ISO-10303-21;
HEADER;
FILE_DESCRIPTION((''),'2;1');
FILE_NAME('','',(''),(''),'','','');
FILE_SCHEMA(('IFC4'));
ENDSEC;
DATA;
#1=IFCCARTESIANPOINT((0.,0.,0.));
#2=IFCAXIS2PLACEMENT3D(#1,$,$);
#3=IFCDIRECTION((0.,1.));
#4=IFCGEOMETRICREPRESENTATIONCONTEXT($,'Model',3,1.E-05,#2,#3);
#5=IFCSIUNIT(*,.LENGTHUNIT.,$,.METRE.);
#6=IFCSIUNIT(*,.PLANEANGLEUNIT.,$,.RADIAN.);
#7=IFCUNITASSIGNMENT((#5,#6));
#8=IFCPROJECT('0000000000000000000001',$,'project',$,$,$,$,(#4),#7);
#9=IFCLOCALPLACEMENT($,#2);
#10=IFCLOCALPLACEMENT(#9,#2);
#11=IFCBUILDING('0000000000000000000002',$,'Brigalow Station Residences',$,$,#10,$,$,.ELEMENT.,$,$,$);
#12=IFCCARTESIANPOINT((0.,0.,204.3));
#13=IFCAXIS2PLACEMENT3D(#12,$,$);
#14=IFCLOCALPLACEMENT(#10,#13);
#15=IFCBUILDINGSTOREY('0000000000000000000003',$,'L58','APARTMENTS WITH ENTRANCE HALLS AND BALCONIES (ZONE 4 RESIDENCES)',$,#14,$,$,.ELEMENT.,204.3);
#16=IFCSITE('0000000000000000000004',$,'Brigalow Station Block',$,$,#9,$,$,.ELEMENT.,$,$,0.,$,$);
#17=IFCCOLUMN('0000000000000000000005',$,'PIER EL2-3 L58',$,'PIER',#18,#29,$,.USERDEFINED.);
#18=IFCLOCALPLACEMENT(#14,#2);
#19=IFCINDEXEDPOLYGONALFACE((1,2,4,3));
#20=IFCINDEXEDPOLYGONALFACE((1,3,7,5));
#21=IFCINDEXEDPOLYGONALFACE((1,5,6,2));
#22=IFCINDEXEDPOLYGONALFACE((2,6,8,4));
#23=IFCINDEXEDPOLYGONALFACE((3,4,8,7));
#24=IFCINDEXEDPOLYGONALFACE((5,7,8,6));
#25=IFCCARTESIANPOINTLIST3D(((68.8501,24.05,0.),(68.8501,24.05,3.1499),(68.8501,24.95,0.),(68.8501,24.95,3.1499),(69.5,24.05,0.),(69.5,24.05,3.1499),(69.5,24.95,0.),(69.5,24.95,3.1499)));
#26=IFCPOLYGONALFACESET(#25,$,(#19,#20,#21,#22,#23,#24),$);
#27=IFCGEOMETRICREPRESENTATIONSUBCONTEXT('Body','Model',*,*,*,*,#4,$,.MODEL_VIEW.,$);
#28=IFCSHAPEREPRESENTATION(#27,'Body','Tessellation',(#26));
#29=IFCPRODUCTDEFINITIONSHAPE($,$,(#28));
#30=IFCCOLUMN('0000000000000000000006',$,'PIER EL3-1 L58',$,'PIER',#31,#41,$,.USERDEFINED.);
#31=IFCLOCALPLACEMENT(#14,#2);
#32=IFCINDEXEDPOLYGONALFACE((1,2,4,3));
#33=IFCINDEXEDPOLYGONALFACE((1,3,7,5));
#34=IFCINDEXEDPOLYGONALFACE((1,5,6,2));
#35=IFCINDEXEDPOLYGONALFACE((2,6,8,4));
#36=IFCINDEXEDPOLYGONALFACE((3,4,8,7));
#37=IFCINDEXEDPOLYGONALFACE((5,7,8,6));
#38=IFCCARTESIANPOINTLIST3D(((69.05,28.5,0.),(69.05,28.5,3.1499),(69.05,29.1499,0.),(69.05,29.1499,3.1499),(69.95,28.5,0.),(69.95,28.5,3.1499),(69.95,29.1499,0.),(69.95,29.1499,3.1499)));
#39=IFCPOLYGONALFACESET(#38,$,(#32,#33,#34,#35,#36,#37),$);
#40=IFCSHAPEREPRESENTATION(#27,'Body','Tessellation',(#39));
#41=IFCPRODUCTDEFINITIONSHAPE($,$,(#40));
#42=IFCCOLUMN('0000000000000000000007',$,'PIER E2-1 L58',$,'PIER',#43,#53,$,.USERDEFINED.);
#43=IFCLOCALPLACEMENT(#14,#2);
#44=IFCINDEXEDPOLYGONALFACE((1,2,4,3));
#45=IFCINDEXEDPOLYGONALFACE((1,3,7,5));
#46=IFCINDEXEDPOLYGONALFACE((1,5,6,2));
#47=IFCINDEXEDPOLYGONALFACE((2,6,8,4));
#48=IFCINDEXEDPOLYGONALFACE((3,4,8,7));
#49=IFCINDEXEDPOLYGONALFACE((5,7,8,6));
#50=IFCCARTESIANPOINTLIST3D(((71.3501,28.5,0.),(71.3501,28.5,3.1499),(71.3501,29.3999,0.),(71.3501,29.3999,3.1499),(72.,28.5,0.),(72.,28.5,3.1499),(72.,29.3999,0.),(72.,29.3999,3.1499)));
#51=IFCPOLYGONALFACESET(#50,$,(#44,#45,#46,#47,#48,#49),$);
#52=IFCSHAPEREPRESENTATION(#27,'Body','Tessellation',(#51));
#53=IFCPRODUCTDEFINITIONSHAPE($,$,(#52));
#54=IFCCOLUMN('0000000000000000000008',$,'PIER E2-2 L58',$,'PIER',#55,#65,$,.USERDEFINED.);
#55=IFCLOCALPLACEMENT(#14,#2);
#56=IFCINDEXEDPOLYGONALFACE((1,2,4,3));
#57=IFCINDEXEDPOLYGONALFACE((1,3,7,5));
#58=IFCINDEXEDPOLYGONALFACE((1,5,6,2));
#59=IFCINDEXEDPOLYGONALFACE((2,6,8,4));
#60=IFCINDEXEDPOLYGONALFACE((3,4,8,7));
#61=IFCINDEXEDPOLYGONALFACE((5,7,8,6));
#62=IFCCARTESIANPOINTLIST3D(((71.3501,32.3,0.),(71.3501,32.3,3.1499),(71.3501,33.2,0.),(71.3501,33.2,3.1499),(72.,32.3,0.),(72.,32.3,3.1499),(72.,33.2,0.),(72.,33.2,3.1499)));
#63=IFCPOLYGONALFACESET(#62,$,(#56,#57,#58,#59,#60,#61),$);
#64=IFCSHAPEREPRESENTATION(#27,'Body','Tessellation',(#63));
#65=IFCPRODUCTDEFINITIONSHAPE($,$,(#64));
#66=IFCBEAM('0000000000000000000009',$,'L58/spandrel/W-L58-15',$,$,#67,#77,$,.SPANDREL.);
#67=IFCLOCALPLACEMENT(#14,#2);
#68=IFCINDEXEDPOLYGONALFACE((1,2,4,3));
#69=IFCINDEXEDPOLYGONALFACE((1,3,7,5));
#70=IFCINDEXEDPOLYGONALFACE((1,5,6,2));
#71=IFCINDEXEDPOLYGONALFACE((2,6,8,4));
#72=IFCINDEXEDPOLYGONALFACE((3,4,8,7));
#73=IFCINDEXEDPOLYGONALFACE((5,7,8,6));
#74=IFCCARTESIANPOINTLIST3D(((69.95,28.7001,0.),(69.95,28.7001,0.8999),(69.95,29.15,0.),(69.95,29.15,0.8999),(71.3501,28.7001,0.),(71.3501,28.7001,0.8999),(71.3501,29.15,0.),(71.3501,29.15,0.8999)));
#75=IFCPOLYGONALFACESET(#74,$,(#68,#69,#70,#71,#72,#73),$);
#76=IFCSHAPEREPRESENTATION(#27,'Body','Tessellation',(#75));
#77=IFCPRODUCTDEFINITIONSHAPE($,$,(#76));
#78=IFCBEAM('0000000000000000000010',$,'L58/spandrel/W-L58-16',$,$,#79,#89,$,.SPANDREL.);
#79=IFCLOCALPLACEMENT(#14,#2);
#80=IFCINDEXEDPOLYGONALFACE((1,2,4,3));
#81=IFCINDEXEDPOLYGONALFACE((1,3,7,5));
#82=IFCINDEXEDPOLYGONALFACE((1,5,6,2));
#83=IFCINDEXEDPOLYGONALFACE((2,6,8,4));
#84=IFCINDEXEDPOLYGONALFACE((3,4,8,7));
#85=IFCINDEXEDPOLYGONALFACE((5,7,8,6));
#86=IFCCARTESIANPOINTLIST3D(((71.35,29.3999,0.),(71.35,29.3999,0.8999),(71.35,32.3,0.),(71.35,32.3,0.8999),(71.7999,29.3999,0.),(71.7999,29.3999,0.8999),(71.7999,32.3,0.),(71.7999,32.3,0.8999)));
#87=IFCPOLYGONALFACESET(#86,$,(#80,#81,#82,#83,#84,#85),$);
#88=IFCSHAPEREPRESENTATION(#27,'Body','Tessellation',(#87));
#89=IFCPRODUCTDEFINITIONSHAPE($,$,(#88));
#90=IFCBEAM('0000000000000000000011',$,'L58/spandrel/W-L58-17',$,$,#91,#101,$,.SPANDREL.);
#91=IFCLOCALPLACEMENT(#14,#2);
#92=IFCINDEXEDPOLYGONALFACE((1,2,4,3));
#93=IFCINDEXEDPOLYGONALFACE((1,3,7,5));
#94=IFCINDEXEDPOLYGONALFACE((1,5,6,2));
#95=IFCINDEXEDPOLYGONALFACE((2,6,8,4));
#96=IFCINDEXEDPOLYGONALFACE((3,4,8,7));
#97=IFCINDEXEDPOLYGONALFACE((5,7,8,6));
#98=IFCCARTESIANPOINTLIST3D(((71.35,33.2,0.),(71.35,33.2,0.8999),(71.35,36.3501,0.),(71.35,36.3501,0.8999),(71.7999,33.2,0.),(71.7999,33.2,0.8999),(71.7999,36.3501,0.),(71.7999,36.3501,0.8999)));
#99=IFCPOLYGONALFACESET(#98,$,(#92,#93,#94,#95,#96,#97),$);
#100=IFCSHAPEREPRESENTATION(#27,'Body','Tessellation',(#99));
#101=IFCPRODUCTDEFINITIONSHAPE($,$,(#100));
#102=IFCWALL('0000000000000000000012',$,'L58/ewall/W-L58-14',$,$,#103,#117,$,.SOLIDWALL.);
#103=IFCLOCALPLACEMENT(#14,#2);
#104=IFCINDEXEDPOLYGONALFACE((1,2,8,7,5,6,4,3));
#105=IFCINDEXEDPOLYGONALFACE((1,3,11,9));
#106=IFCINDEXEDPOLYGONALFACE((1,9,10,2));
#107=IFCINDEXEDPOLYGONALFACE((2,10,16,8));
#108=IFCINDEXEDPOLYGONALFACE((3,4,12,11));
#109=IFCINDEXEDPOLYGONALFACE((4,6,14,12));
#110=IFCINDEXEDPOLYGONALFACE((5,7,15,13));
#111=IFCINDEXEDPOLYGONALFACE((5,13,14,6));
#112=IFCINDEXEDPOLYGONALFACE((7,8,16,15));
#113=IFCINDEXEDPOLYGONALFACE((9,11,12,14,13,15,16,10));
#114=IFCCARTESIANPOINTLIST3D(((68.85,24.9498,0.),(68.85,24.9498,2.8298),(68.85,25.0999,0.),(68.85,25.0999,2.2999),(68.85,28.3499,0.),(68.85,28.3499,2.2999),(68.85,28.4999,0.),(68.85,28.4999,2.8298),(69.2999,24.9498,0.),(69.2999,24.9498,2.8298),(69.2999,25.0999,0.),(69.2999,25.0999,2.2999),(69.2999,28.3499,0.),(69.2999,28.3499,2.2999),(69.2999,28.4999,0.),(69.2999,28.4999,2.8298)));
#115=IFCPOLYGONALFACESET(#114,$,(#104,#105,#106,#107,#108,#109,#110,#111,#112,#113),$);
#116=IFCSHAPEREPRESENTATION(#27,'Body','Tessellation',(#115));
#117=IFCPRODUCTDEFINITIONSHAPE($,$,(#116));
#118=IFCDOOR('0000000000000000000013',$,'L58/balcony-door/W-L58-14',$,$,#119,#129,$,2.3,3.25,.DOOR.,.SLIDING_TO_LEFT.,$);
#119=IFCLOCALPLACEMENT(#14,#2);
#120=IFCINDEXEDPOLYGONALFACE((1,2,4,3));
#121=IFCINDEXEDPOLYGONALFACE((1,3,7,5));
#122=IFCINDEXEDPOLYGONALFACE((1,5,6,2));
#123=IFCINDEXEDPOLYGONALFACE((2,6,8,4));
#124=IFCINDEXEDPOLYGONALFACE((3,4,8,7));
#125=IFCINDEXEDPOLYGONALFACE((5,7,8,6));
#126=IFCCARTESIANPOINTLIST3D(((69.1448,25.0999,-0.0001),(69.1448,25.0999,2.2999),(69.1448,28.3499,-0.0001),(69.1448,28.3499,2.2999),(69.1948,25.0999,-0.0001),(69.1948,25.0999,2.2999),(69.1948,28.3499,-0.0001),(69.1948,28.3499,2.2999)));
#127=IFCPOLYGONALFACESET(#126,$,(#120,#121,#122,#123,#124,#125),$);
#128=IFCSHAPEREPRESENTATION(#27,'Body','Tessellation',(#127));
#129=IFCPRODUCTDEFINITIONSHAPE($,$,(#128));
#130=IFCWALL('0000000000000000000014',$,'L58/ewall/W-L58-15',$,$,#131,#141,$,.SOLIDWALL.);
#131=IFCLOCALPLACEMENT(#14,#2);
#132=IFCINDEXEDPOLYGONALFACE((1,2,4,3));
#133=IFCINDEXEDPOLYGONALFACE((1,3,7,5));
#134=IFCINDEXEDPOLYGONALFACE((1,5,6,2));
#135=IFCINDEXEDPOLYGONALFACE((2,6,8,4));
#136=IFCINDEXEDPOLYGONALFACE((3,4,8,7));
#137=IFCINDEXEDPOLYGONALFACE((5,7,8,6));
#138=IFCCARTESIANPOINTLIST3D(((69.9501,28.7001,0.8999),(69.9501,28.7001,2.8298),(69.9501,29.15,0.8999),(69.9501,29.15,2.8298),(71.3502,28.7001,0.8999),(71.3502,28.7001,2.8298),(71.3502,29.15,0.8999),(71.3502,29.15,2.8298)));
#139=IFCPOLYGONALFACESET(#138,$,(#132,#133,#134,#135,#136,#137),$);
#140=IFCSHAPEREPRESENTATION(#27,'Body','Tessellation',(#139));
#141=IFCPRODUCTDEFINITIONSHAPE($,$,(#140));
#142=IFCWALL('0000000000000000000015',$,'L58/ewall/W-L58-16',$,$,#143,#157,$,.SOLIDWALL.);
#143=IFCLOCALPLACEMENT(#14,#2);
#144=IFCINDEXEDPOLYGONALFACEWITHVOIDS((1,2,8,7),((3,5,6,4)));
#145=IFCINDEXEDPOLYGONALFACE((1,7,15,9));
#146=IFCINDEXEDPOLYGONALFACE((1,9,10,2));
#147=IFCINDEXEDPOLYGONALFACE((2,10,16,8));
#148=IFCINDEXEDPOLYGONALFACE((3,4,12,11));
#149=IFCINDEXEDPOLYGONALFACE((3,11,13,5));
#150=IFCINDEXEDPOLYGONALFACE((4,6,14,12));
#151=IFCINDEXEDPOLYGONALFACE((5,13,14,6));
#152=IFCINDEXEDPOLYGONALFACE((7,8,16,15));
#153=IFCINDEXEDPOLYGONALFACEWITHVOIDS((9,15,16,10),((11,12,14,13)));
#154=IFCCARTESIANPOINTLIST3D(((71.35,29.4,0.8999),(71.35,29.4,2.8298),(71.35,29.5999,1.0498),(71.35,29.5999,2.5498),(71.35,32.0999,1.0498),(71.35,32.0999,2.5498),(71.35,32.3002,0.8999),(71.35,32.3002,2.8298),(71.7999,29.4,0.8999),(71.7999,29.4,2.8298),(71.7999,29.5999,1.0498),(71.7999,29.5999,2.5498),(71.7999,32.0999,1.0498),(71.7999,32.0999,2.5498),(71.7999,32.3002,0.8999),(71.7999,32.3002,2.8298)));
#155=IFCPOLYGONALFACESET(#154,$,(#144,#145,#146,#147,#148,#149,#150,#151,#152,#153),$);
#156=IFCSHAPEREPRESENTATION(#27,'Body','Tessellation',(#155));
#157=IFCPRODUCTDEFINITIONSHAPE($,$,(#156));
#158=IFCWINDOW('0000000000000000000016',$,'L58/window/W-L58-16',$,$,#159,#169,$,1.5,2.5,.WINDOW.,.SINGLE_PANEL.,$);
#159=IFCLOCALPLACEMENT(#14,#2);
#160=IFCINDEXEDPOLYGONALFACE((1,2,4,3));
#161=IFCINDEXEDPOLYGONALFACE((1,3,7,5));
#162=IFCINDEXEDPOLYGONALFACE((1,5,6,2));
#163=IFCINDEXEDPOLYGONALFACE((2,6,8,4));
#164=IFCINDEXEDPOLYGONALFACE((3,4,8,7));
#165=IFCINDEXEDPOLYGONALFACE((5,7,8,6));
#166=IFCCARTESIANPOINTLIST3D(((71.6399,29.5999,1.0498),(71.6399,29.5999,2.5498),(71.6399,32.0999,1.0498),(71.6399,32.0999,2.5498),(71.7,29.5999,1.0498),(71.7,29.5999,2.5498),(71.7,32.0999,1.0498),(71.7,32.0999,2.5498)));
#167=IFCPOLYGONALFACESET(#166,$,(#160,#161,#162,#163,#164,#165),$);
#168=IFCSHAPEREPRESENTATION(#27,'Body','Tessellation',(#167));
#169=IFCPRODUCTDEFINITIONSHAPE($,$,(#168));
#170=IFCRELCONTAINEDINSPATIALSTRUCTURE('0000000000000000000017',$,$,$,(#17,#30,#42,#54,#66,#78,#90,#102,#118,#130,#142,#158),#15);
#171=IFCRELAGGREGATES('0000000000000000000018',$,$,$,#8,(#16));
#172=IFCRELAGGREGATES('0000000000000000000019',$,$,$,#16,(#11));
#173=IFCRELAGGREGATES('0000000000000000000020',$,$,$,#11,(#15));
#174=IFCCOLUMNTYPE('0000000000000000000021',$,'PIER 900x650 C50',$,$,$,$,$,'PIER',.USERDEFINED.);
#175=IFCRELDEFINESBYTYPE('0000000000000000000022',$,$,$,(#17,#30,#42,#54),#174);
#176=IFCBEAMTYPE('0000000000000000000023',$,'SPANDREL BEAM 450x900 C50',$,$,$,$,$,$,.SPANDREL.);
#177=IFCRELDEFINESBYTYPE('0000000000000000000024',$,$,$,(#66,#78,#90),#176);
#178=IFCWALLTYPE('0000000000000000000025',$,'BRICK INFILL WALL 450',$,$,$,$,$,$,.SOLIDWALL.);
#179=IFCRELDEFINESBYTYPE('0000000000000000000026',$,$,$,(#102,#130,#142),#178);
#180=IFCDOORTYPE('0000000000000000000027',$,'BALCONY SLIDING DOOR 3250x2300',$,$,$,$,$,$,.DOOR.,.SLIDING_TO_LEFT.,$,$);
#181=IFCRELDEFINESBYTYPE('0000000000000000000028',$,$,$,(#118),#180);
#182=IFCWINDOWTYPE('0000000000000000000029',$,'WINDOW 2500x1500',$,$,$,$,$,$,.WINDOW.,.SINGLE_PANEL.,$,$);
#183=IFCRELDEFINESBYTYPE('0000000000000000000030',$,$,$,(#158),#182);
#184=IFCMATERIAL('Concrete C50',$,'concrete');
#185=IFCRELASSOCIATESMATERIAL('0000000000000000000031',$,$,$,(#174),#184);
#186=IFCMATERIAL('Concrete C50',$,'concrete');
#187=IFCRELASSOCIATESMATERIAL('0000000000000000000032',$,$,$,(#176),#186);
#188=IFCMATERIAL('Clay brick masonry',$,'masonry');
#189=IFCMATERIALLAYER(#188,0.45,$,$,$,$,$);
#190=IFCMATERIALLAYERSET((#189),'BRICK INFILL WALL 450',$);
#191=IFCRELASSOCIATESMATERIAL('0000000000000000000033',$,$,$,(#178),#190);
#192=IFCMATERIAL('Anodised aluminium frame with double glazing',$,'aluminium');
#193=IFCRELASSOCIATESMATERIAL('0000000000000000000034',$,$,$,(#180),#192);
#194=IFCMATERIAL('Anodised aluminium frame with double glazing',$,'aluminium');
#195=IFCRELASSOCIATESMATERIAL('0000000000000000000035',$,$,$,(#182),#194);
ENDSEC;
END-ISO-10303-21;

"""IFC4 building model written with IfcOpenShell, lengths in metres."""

from ifc_helpers import new_model, si_unit, direction, frame, frame_2d, origin, origin_2d, place, context, subcontext, project, spatial, rectangle, extrude, material, layer, layer_set, material_profile, profile_set, type_object, element, fill, save


model = new_model("IFC4")

# Units and contexts
model_context = context("Model", 3, precision=1e-05, world=origin(), true_north=direction((0.0, 1.0)))
body_context = subcontext(model_context, "Body", "Model", "MODEL_VIEW")
ifc_project = project(units=[si_unit("LENGTHUNIT", "METRE"), si_unit("PLANEANGLEUNIT", "RADIAN")], contexts=[model_context])

# Site, building, storey
site_placement = place(None, origin())
site = spatial("IfcSite", under=ifc_project, at=site_placement, Name="Brigalow Station Block", CompositionType="ELEMENT", RefElevation=0.0)
building_placement = place(site_placement, origin())
building = spatial("IfcBuilding", under=site, at=building_placement, Name="Brigalow Station Residences", CompositionType="ELEMENT")
storey_placement = place(building_placement, frame((0.0, 0.0, 204.3)))
storey = spatial("IfcBuildingStorey", under=building, at=storey_placement, Name="L58", Description="APARTMENTS WITH ENTRANCE HALLS AND BALCONIES (ZONE 4 RESIDENCES)", CompositionType="ELEMENT", Elevation=204.3)

# Columns
ifc_material_1 = material(Name="Concrete C50", Category="concrete")
ifc_material_profile_1 = material_profile(ifc_material_1, rectangle(XDim=0.8999, YDim=0.6499, at=origin_2d()), Name="RC900x650")
ifc_profile_set_1 = profile_set([ifc_material_profile_1], Name="Concrete C50")
column_type = type_object("IfcColumnType", Name="PIER 900x650 C50", ElementType="PIER", PredefinedType="USERDEFINED", material=ifc_profile_set_1)
for number, where, z_axis, x_axis, name in (
    (1, (69.175, 24.5, 0.0), (0.0, 0.0, 1.0), (0.0, 1.0, 0.0), "PIER EL2-3 L58"),
    (2, (69.5, 28.825, 0.0), (0.0, 0.0, 1.0), (1.0, 0.0, 0.0), "PIER EL3-1 L58"),
    (3, (71.675, 28.95, 0.0), (0.0, 0.0, 1.0), (0.0, 1.0, 0.0), "PIER E2-1 L58"),
    (4, (71.675, 32.75, 0.0), (0.0, 0.0, 1.0), (0.0, 1.0, 0.0), "PIER E2-2 L58"),
):
    element("IfcColumn", number, at=place(storey_placement, frame(where, z_axis=z_axis, x_axis=x_axis)), inside=storey, type_object=column_type, Name=name, ObjectType="PIER", PredefinedType="USERDEFINED", context=body_context, shape_type="SweptSolid", body=[
        extrude(rectangle(XDim=0.8999, YDim=0.6499, at=origin_2d()), origin(), (0.0, 0.0, 1.0), 3.1499),
    ])

# Beams
ifc_material_2 = material(Name="Concrete C50", Category="concrete")
ifc_material_profile_2 = material_profile(ifc_material_2, rectangle(XDim=0.45, YDim=0.8999, at=origin_2d()), Name="RC450x900")
ifc_profile_set_2 = profile_set([ifc_material_profile_2], Name="Concrete C50")
beam_type = type_object("IfcBeamType", Name="SPANDREL BEAM 450x900 C50", PredefinedType="SPANDREL", material=ifc_profile_set_2)
beam_1_placement = place(storey_placement, frame((69.95, 28.925, 0.45), z_axis=(1.0, 0.0, 0.0), x_axis=(0.0, 1.0, 0.0)))
element("IfcBeam", 5, at=beam_1_placement, inside=storey, type_object=beam_type, Name="L58/spandrel/W-L58-15", PredefinedType="SPANDREL", context=body_context, shape_type="SweptSolid", body=[
    extrude(rectangle(XDim=0.45, YDim=0.8999, at=origin_2d()), origin(), (0.0, 0.0, 1.0), 1.4001),
])
beam_2_placement = place(storey_placement, frame((71.575, 29.3999, 0.45), z_axis=(0.0, 1.0, 0.0), x_axis=(-1.0, 0.0, 0.0)))
element("IfcBeam", 6, at=beam_2_placement, inside=storey, type_object=beam_type, Name="L58/spandrel/W-L58-16", PredefinedType="SPANDREL", context=body_context, shape_type="SweptSolid", body=[
    extrude(rectangle(XDim=0.45, YDim=0.8999, at=origin_2d()), origin(), (0.0, 0.0, 1.0), 2.9001),
])
beam_3_placement = place(storey_placement, frame((71.575, 33.2, 0.45), z_axis=(0.0, 1.0, 0.0), x_axis=(-1.0, 0.0, 0.0)))
element("IfcBeam", 7, at=beam_3_placement, inside=storey, type_object=beam_type, Name="L58/spandrel/W-L58-17", PredefinedType="SPANDREL", context=body_context, shape_type="SweptSolid", body=[
    extrude(rectangle(XDim=0.45, YDim=0.8999, at=origin_2d()), origin(), (0.0, 0.0, 1.0), 3.1501),
])

# Wall, opening, door
ifc_material_3 = material(Name="Clay brick masonry", Category="masonry")
ifc_layer_1 = layer(ifc_material_3, 0.45)
ifc_layer_set_1 = layer_set([ifc_layer_1], Name="BRICK INFILL WALL 450")
wall_type_1 = type_object("IfcWallType", Name="BRICK INFILL WALL 450", PredefinedType="SOLIDWALL", material=ifc_layer_set_1)
wall_1_placement = place(storey_placement, frame((69.075, 24.95, 0.0), z_axis=(0.0, 0.0, 1.0), x_axis=(0.0, 1.0, 0.0)))
wall_1 = element("IfcWall", 8, at=wall_1_placement, inside=storey, type_object=wall_type_1, Name="L58/ewall/W-L58-14", PredefinedType="SOLIDWALL", context=body_context, shape_type="SweptSolid", body=[
    extrude(rectangle(XDim=3.55, YDim=0.45, at=frame_2d((1.7749, 0.0))), origin(), (0.0, 0.0, 1.0), 2.8298),
])
opening_1_placement = place(wall_1_placement, frame((0.1499, 0.0, 0.0)))
opening_1 = element("IfcOpeningElement", 9, at=opening_1_placement, cuts=wall_1, PredefinedType="OPENING", context=body_context, shape_type="SweptSolid", body=[
    extrude(rectangle(XDim=3.25, YDim=2.3, at=frame_2d((1.625, 1.1499))), frame((0.0, 0.2349, 0.0), z_axis=(0.0, -1.0, 0.0), x_axis=(1.0, 0.0, 0.0)), (0.0, 0.0, 1.0), 0.47),
])
ifc_material_4 = material(Name="Anodised aluminium frame with double glazing", Category="aluminium")
door_type = type_object("IfcDoorType", Name="BALCONY SLIDING DOOR 3250x2300", OperationType="SLIDING_TO_LEFT", PredefinedType="DOOR", material=ifc_material_4)
door_placement = place(opening_1_placement, origin())
door = element("IfcDoor", 10, at=door_placement, inside=storey, type_object=door_type, Name="L58/balcony-door/W-L58-14", OperationType="SLIDING_TO_LEFT", OverallHeight=2.3, OverallWidth=3.25, PredefinedType="DOOR", context=body_context, shape_type="SweptSolid", body=[
    extrude(rectangle(XDim=3.25, YDim=2.3, at=frame_2d((1.625, 1.1499))), frame((0.0, -0.0698, 0.0), z_axis=(0.0, -1.0, 0.0), x_axis=(1.0, 0.0, 0.0)), (0.0, 0.0, 1.0), 0.05),
])
fill(opening_1, door)

# Wall
wall_2_placement = place(storey_placement, frame((69.95, 28.925, 0.8999), z_axis=(0.0, 0.0, 1.0), x_axis=(1.0, 0.0, 0.0)))
element("IfcWall", 11, at=wall_2_placement, inside=storey, type_object=wall_type_1, Name="L58/ewall/W-L58-15", PredefinedType="SOLIDWALL", context=body_context, shape_type="SweptSolid", body=[
    extrude(rectangle(XDim=1.4001, YDim=0.45, at=frame_2d((0.7002, 0.0))), origin(), (0.0, 0.0, 1.0), 1.9299),
])

# Wall, opening, window
wall_3_placement = place(storey_placement, frame((71.575, 29.3999, 0.8999), z_axis=(0.0, 0.0, 1.0), x_axis=(0.0, 1.0, 0.0)))
wall_3 = element("IfcWall", 12, at=wall_3_placement, inside=storey, type_object=wall_type_1, Name="L58/ewall/W-L58-16", PredefinedType="SOLIDWALL", context=body_context, shape_type="SweptSolid", body=[
    extrude(rectangle(XDim=2.9001, YDim=0.45, at=frame_2d((1.4502, 0.0))), origin(), (0.0, 0.0, 1.0), 1.9299),
])
opening_2_placement = place(wall_3_placement, frame((0.2, 0.0, 0.1499)))
opening_2 = element("IfcOpeningElement", 13, at=opening_2_placement, cuts=wall_3, PredefinedType="OPENING", context=body_context, shape_type="SweptSolid", body=[
    extrude(rectangle(XDim=2.5, YDim=1.5, at=frame_2d((1.25, 0.75))), frame((0.0, 0.2349, 0.0), z_axis=(0.0, -1.0, 0.0), x_axis=(1.0, 0.0, 0.0)), (0.0, 0.0, 1.0), 0.47),
])
ifc_material_5 = material(Name="Anodised aluminium frame with double glazing", Category="aluminium")
window_type_1 = type_object("IfcWindowType", Name="WINDOW 2500x1500", PartitioningType="SINGLE_PANEL", PredefinedType="WINDOW", material=ifc_material_5)
window_1_placement = place(opening_2_placement, origin())
window_1 = element("IfcWindow", 14, at=window_1_placement, inside=storey, type_object=window_type_1, Name="L58/window/W-L58-16", OverallHeight=1.5, OverallWidth=2.5, PartitioningType="SINGLE_PANEL", PredefinedType="WINDOW", context=body_context, shape_type="SweptSolid", body=[
    extrude(rectangle(XDim=2.5, YDim=1.5, at=frame_2d((1.25, 0.75))), frame((0.0, -0.0649, 0.0), z_axis=(0.0, -1.0, 0.0), x_axis=(1.0, 0.0, 0.0)), (0.0, 0.0, 1.0), 0.0601),
])
fill(opening_2, window_1)

save(model, "model.ifc")
